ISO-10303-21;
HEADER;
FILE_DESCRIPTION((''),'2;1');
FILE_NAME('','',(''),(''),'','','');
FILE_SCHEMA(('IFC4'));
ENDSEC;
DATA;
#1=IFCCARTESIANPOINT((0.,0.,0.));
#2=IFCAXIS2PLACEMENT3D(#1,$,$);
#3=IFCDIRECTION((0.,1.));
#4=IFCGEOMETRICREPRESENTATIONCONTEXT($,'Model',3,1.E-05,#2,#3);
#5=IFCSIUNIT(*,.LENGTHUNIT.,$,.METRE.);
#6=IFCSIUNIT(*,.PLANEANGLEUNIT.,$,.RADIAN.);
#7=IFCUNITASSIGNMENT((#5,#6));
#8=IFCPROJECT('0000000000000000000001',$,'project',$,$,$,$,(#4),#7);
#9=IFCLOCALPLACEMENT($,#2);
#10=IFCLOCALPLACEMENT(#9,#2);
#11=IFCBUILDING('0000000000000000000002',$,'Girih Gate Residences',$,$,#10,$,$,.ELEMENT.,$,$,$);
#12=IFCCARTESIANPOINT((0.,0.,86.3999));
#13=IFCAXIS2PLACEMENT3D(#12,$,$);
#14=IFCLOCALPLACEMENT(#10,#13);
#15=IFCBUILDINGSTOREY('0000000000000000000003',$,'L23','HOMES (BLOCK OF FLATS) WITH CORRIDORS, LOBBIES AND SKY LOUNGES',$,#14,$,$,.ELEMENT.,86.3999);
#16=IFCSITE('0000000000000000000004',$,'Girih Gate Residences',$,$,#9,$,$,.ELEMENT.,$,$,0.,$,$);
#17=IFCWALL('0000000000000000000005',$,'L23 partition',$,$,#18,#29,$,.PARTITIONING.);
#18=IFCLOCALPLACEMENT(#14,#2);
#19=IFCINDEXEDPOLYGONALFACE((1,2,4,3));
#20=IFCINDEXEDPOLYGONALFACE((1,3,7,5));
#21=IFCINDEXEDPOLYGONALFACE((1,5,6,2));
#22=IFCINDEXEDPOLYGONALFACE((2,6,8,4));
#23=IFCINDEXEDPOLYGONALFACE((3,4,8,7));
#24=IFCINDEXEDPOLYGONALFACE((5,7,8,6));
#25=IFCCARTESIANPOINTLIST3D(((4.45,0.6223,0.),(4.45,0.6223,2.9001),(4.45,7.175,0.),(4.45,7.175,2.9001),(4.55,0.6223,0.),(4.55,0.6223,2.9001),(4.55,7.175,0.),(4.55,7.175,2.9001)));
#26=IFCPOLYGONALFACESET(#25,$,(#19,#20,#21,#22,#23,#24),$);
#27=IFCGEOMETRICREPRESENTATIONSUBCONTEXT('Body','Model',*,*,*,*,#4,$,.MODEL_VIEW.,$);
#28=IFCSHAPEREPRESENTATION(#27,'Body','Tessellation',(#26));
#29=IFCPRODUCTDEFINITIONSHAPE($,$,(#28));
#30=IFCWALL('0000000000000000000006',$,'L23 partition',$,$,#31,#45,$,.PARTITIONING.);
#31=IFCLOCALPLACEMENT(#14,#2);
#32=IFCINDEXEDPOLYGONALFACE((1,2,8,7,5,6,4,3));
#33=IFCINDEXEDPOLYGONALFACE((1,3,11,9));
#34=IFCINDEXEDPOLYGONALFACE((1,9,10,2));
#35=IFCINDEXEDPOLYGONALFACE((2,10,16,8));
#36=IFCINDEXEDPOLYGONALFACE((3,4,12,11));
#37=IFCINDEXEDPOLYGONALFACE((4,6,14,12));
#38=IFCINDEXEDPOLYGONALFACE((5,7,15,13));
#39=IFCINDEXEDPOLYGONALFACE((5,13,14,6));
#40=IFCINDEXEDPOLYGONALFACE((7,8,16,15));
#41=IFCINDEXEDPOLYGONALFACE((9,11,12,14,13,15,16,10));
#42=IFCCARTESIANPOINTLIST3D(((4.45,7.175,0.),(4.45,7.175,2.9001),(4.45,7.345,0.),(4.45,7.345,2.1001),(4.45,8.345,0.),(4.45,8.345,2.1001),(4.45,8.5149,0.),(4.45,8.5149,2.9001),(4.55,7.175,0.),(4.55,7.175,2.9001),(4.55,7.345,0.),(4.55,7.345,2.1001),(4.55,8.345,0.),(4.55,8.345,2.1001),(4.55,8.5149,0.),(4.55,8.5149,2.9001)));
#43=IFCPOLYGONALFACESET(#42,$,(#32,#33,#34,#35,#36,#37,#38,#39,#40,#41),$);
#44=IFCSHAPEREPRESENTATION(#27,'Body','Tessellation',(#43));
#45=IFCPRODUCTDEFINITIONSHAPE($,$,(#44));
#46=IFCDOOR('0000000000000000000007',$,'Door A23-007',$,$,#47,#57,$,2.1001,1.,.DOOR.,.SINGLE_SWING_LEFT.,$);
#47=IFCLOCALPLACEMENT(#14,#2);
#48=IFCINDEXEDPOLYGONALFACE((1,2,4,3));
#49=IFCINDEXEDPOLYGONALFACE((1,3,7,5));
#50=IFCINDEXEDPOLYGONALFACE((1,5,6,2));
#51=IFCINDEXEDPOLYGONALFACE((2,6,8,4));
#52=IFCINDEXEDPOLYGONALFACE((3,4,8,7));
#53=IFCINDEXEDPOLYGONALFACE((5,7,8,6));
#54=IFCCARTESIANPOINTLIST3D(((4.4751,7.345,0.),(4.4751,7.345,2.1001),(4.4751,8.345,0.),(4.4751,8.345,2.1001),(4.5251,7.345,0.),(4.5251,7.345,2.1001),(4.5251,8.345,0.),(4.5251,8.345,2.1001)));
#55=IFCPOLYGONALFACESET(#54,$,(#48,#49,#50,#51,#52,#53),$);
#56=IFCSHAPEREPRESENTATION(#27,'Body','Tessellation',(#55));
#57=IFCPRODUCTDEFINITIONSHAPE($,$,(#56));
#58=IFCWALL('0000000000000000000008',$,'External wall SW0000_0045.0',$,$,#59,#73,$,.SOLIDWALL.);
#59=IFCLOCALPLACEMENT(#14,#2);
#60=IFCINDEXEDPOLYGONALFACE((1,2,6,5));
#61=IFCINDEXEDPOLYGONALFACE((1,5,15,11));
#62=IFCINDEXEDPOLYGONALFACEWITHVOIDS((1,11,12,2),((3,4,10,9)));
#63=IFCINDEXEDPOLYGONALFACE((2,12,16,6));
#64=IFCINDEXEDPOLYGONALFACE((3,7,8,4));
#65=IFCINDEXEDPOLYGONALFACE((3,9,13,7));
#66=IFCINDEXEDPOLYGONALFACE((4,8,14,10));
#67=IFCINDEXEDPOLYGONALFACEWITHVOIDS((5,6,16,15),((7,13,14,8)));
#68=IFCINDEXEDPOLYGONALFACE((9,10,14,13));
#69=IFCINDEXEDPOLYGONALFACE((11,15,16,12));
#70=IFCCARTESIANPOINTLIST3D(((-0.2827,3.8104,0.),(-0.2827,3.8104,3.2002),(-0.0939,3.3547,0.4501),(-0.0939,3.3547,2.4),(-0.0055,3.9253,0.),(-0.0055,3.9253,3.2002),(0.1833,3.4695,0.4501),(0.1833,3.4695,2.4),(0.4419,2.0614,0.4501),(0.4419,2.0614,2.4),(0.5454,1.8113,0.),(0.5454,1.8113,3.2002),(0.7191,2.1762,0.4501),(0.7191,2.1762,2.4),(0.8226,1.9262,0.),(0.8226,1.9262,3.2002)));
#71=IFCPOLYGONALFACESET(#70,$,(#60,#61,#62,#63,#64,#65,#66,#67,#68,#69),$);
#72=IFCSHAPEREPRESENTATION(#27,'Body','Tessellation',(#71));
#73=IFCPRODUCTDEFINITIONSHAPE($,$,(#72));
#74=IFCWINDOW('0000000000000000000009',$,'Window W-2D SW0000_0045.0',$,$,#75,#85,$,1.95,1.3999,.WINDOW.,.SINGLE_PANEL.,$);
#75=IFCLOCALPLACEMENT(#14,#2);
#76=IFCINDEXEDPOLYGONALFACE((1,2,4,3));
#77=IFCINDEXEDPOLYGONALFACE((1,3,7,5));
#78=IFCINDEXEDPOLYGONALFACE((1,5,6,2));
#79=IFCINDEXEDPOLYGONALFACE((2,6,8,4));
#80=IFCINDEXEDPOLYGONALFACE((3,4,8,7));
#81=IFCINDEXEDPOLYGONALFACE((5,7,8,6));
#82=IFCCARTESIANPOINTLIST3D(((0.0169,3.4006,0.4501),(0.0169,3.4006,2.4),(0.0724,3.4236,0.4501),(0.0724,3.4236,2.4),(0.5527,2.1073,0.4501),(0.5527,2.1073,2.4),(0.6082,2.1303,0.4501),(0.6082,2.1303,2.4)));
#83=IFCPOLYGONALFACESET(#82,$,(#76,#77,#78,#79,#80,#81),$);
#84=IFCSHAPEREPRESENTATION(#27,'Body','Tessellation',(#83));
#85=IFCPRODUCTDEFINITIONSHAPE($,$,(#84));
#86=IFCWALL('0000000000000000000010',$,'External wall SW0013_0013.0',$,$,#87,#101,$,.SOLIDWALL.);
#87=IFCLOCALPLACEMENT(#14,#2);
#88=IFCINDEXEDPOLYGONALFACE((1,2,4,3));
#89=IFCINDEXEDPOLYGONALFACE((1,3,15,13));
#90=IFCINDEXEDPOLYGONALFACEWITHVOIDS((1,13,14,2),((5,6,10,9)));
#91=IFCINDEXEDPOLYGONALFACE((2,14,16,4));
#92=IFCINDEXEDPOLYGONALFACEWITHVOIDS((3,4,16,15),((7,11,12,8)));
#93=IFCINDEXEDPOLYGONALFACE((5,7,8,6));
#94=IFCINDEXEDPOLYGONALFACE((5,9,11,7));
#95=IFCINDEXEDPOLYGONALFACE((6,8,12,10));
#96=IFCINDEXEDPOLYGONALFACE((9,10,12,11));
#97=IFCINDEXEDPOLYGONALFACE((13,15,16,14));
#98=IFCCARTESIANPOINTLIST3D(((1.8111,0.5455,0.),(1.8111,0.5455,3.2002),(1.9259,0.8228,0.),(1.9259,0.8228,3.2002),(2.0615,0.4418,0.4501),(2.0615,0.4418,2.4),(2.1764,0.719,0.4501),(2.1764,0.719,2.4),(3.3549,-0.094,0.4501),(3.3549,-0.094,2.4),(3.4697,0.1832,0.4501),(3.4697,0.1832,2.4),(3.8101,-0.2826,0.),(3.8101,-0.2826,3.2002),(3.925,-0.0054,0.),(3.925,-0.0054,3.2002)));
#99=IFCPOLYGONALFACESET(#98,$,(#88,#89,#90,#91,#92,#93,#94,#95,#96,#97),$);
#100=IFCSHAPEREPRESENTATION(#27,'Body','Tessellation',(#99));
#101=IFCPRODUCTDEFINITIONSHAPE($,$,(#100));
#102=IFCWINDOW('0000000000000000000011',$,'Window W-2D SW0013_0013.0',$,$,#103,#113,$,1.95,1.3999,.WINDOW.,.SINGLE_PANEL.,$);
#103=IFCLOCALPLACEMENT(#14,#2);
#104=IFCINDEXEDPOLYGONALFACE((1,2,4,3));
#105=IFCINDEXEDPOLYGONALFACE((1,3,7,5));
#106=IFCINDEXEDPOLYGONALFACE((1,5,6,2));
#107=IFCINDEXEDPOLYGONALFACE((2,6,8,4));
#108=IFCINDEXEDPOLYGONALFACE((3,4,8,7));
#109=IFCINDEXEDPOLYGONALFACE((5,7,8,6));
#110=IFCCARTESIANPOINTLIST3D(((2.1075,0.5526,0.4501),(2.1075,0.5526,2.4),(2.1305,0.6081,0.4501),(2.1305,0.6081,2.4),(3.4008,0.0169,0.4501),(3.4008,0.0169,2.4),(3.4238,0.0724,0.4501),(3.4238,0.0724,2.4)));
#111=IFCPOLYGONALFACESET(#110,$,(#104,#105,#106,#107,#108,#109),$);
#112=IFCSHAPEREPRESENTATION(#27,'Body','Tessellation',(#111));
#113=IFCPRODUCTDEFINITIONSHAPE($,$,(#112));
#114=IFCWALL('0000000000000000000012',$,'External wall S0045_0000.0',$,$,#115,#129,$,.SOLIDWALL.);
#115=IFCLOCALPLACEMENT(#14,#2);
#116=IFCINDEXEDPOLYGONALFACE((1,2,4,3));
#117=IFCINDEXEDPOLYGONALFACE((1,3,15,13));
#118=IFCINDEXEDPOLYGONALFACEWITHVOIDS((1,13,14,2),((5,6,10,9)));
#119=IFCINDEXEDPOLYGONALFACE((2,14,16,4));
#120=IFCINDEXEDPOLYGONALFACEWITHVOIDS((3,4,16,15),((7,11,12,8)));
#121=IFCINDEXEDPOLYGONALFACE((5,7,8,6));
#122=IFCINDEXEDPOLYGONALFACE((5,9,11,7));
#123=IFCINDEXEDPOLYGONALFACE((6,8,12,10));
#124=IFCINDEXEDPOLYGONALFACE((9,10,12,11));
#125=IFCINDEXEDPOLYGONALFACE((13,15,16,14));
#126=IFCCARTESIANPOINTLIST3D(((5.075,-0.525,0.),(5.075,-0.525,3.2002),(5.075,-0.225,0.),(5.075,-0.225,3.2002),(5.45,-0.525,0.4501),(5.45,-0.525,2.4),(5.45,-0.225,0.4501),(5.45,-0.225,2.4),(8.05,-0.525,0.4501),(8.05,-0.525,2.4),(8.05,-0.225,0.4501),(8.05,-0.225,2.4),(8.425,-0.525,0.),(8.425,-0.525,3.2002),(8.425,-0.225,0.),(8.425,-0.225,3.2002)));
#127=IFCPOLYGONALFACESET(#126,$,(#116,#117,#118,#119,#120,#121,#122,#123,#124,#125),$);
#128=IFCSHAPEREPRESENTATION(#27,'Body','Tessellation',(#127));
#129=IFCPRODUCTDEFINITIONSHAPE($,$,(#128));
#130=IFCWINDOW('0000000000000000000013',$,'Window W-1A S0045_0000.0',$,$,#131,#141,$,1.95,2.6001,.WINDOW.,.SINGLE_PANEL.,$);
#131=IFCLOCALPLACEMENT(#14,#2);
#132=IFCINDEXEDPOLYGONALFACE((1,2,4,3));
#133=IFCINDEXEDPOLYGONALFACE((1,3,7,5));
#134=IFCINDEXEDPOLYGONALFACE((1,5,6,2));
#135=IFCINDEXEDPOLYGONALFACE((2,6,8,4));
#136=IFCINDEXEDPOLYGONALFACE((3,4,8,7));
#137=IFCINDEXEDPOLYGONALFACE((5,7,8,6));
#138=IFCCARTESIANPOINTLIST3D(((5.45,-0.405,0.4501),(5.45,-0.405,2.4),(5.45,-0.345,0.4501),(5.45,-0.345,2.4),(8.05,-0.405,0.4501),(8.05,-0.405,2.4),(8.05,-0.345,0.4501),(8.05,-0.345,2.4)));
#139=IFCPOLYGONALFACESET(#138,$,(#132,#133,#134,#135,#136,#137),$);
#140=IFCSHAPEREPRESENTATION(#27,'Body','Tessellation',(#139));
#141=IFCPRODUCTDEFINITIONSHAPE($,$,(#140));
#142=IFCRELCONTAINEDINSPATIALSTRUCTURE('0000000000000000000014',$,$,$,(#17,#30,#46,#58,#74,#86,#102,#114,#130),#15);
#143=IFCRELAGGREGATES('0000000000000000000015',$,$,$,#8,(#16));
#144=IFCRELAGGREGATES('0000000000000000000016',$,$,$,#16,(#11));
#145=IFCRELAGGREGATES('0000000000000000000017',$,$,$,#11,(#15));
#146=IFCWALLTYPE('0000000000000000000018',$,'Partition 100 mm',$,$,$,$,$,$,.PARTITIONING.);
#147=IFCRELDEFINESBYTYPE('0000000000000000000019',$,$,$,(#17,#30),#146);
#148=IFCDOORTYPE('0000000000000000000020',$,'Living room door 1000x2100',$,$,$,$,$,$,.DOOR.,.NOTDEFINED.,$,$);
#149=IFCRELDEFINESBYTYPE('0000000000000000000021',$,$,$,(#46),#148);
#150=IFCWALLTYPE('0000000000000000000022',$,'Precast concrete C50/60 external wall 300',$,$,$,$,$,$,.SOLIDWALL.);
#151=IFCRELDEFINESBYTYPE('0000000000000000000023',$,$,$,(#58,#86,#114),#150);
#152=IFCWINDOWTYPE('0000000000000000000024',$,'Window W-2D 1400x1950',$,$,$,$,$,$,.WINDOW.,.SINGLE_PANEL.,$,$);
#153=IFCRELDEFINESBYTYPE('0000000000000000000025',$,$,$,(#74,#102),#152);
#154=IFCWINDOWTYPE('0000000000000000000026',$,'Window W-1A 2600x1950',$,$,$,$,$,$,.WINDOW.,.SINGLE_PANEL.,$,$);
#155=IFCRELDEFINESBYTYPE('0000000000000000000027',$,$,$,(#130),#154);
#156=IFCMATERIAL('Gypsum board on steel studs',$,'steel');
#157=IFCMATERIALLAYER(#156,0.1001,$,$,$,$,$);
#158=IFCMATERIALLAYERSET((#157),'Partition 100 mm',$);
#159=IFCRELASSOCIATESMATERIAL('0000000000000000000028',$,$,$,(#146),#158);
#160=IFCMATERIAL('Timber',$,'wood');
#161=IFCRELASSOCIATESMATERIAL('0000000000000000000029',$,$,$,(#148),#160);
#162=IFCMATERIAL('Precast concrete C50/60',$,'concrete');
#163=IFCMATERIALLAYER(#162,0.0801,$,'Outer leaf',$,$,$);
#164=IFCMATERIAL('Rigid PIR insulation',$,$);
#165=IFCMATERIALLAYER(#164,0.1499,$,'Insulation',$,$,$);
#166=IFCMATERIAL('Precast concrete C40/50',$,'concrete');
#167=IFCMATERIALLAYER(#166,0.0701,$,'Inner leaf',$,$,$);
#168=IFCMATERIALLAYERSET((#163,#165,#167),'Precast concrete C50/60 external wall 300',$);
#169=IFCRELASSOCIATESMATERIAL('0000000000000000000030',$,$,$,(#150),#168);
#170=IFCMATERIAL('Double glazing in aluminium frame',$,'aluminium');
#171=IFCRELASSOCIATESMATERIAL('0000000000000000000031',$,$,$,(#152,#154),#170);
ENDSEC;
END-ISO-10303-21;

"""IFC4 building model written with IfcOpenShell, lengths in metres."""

from ifc_helpers import new_model, si_unit, direction, frame, frame_2d, origin, place, context, subcontext, project, spatial, rectangle, extrude, material, layer, layer_set, type_object, element, fill, save


model = new_model("IFC4")

# Units and contexts
model_context = context("Model", 3, precision=1e-05, world=origin(), true_north=direction((0.0, 1.0)))
body_context = subcontext(model_context, "Body", "Model", "MODEL_VIEW")
ifc_project = project(units=[si_unit("LENGTHUNIT", "METRE"), si_unit("PLANEANGLEUNIT", "RADIAN")], contexts=[model_context])

# Site, building, storey
site_placement = place(None, origin())
site = spatial("IfcSite", under=ifc_project, at=site_placement, Name="Girih Gate Residences", CompositionType="ELEMENT", RefElevation=0.0)
building_placement = place(site_placement, origin())
building = spatial("IfcBuilding", under=site, at=building_placement, Name="Girih Gate Residences", CompositionType="ELEMENT")
storey_placement = place(building_placement, frame((0.0, 0.0, 86.3999)))
storey = spatial("IfcBuildingStorey", under=building, at=storey_placement, Name="L23", Description="HOMES (BLOCK OF FLATS) WITH CORRIDORS, LOBBIES AND SKY LOUNGES", CompositionType="ELEMENT", Elevation=86.3999)

# Wall
ifc_material_1 = material(Name="Gypsum board on steel studs", Category="steel")
ifc_layer_1 = layer(ifc_material_1, 0.1001)
ifc_layer_set_1 = layer_set([ifc_layer_1], Name="Partition 100 mm")
wall_type_1 = type_object("IfcWallType", Name="Partition 100 mm", PredefinedType="PARTITIONING", material=ifc_layer_set_1)
wall_1_placement = place(storey_placement, frame((4.5, 0.6223, 0.0), z_axis=(0.0, 0.0, 1.0), x_axis=(0.0, 1.0, 0.0)))
element("IfcWall", 1, at=wall_1_placement, inside=storey, type_object=wall_type_1, Name="L23 partition", PredefinedType="PARTITIONING", context=body_context, shape_type="SweptSolid", body=[
    extrude(rectangle(XDim=6.5527, YDim=0.1001, at=frame_2d((3.2764, 0.0))), origin(), (0.0, 0.0, 1.0), 2.9001),
])

# Wall, opening, door
wall_2_placement = place(storey_placement, frame((4.5, 7.175, 0.0), z_axis=(0.0, 0.0, 1.0), x_axis=(0.0, 1.0, 0.0)))
wall_2 = element("IfcWall", 2, at=wall_2_placement, inside=storey, type_object=wall_type_1, Name="L23 partition", PredefinedType="PARTITIONING", context=body_context, shape_type="SweptSolid", body=[
    extrude(rectangle(XDim=1.3398, YDim=0.1001, at=frame_2d((0.6699, 0.0))), origin(), (0.0, 0.0, 1.0), 2.9001),
])
opening_1_placement = place(wall_2_placement, frame((0.1699, 0.0, 0.0)))
opening_1 = element("IfcOpeningElement", 3, at=opening_1_placement, cuts=wall_2, PredefinedType="OPENING", context=body_context, shape_type="SweptSolid", body=[
    extrude(rectangle(XDim=1.0, YDim=2.1001, at=frame_2d((0.5, 1.05))), frame((0.0, 0.0601, 0.0), z_axis=(0.0, -1.0, 0.0), x_axis=(1.0, 0.0, 0.0)), (0.0, 0.0, 1.0), 0.1201),
])
ifc_material_2 = material(Name="Timber", Category="wood")
door_type = type_object("IfcDoorType", Name="Living room door 1000x2100", OperationType="NOTDEFINED", PredefinedType="DOOR", material=ifc_material_2)
door_placement = place(opening_1_placement, origin())
door = element("IfcDoor", 4, at=door_placement, inside=storey, type_object=door_type, Name="Door A23-007", OperationType="SINGLE_SWING_LEFT", OverallHeight=2.1001, OverallWidth=1.0, PredefinedType="DOOR", context=body_context, shape_type="SweptSolid", body=[
    extrude(rectangle(XDim=1.0, YDim=2.1001, at=frame_2d((0.5, 1.05))), frame((0.0, 0.0249, 0.0), z_axis=(0.0, -1.0, 0.0), x_axis=(1.0, 0.0, 0.0)), (0.0, 0.0, 1.0), 0.05),
])
fill(opening_1, door)

# Walls, openings, windows
ifc_material_3 = material(Name="Precast concrete C50/60", Category="concrete")
ifc_layer_2 = layer(ifc_material_3, 0.0801, Name="Outer leaf")
ifc_material_4 = material(Name="Rigid PIR insulation")
ifc_layer_3 = layer(ifc_material_4, 0.1499, Name="Insulation")
ifc_material_5 = material(Name="Precast concrete C40/50", Category="concrete")
ifc_layer_4 = layer(ifc_material_5, 0.0701, Name="Inner leaf")
ifc_layer_set_2 = layer_set([ifc_layer_2, ifc_layer_3, ifc_layer_4], Name="Precast concrete C50/60 external wall 300")
wall_type_2 = type_object("IfcWallType", Name="Precast concrete C50/60 external wall 300", PredefinedType="SOLIDWALL", material=ifc_layer_set_2)
wall_3_placement = place(storey_placement, frame((0.6841, 1.8687, 0.0), z_axis=(0.0, 0.0, 1.0), x_axis=(-0.382724, 0.923863, 0.0)))
wall_3 = element("IfcWall", 5, at=wall_3_placement, inside=storey, type_object=wall_type_2, Name="External wall SW0000_0045.0", PredefinedType="SOLIDWALL", context=body_context, shape_type="SweptSolid", body=[
    extrude(rectangle(XDim=2.1638, YDim=0.3, at=frame_2d((1.082, 0.0))), origin(), (0.0, 0.0, 1.0), 3.2002),
])
opening_2_placement = place(wall_3_placement, frame((0.2708, 0.0, 0.45)))
opening_2 = element("IfcOpeningElement", 6, at=opening_2_placement, cuts=wall_3, PredefinedType="OPENING", context=body_context, shape_type="SweptSolid", body=[
    extrude(rectangle(XDim=1.3999, YDim=1.95, at=frame_2d((0.7, 0.9751))), frame((0.0, 0.1599, 0.0), z_axis=(0.0, -1.0, 0.0), x_axis=(1.0, 0.0, 0.0)), (0.0, 0.0, 1.0), 0.3201),
])
ifc_material_6 = material(Name="Double glazing in aluminium frame", Category="aluminium")
window_type_1 = type_object("IfcWindowType", Name="Window W-2D 1400x1950", PartitioningType="SINGLE_PANEL", PredefinedType="WINDOW", material=ifc_material_6)
window_1_placement = place(opening_2_placement, origin())
window_1 = element("IfcWindow", 7, at=window_1_placement, inside=storey, type_object=window_type_1, Name="Window W-2D SW0000_0045.0", OverallHeight=1.95, OverallWidth=1.3999, PartitioningType="SINGLE_PANEL", PredefinedType="WINDOW", context=body_context, shape_type="SweptSolid", body=[
    extrude(rectangle(XDim=1.3999, YDim=1.95, at=frame_2d((0.7, 0.9751))), frame((0.0, 0.03, 0.0), z_axis=(0.0, -1.0, 0.0), x_axis=(1.0, 0.0, 0.0)), (0.0, 0.0, 1.0), 0.0601),
])
fill(opening_2, window_1)
wall_4_placement = place(storey_placement, frame((3.8677, -0.144, 0.0), z_axis=(0.0, 0.0, 1.0), x_axis=(-0.923863, 0.382724, 0.0)))
wall_4 = element("IfcWall", 8, at=wall_4_placement, inside=storey, type_object=wall_type_2, Name="External wall SW0013_0013.0", PredefinedType="SOLIDWALL", context=body_context, shape_type="SweptSolid", body=[
    extrude(rectangle(XDim=2.1638, YDim=0.3, at=frame_2d((1.082, 0.0))), origin(), (0.0, 0.0, 1.0), 3.2002),
])
opening_3_placement = place(wall_4_placement, frame((0.4929, 0.0, 0.45)))
opening_3 = element("IfcOpeningElement", 9, at=opening_3_placement, cuts=wall_4, PredefinedType="OPENING", context=body_context, shape_type="SweptSolid", body=[
    extrude(rectangle(XDim=1.3999, YDim=1.95, at=frame_2d((0.7, 0.9751))), frame((0.0, 0.1599, 0.0), z_axis=(0.0, -1.0, 0.0), x_axis=(1.0, 0.0, 0.0)), (0.0, 0.0, 1.0), 0.3201),
])
window_2_placement = place(opening_3_placement, origin())
window_2 = element("IfcWindow", 10, at=window_2_placement, inside=storey, type_object=window_type_1, Name="Window W-2D SW0013_0013.0", OverallHeight=1.95, OverallWidth=1.3999, PartitioningType="SINGLE_PANEL", PredefinedType="WINDOW", context=body_context, shape_type="SweptSolid", body=[
    extrude(rectangle(XDim=1.3999, YDim=1.95, at=frame_2d((0.7, 0.9751))), frame((0.0, 0.03, 0.0), z_axis=(0.0, -1.0, 0.0), x_axis=(1.0, 0.0, 0.0)), (0.0, 0.0, 1.0), 0.0601),
])
fill(opening_3, window_2)
wall_5_placement = place(storey_placement, frame((8.425, -0.375, 0.0), z_axis=(0.0, 0.0, 1.0), x_axis=(-1.0, 0.0, 0.0)))
wall_5 = element("IfcWall", 11, at=wall_5_placement, inside=storey, type_object=wall_type_2, Name="External wall S0045_0000.0", PredefinedType="SOLIDWALL", context=body_context, shape_type="SweptSolid", body=[
    extrude(rectangle(XDim=3.3501, YDim=0.3, at=frame_2d((1.675, 0.0))), origin(), (0.0, 0.0, 1.0), 3.2002),
])
opening_4_placement = place(wall_5_placement, frame((0.375, 0.0, 0.45)))
opening_4 = element("IfcOpeningElement", 12, at=opening_4_placement, cuts=wall_5, PredefinedType="OPENING", context=body_context, shape_type="SweptSolid", body=[
    extrude(rectangle(XDim=2.6001, YDim=1.95, at=frame_2d((1.3, 0.9751))), frame((0.0, 0.1599, 0.0), z_axis=(0.0, -1.0, 0.0), x_axis=(1.0, 0.0, 0.0)), (0.0, 0.0, 1.0), 0.3201),
])
window_type_2 = type_object("IfcWindowType", Name="Window W-1A 2600x1950", PartitioningType="SINGLE_PANEL", PredefinedType="WINDOW", material=ifc_material_6)
window_3_placement = place(opening_4_placement, origin())
window_3 = element("IfcWindow", 13, at=window_3_placement, inside=storey, type_object=window_type_2, Name="Window W-1A S0045_0000.0", OverallHeight=1.95, OverallWidth=2.6001, PartitioningType="SINGLE_PANEL", PredefinedType="WINDOW", context=body_context, shape_type="SweptSolid", body=[
    extrude(rectangle(XDim=2.6001, YDim=1.95, at=frame_2d((1.3, 0.9751))), frame((0.0, 0.03, 0.0), z_axis=(0.0, -1.0, 0.0), x_axis=(1.0, 0.0, 0.0)), (0.0, 0.0, 1.0), 0.0601),
])
fill(opening_4, window_3)

save(model, "model.ifc")
